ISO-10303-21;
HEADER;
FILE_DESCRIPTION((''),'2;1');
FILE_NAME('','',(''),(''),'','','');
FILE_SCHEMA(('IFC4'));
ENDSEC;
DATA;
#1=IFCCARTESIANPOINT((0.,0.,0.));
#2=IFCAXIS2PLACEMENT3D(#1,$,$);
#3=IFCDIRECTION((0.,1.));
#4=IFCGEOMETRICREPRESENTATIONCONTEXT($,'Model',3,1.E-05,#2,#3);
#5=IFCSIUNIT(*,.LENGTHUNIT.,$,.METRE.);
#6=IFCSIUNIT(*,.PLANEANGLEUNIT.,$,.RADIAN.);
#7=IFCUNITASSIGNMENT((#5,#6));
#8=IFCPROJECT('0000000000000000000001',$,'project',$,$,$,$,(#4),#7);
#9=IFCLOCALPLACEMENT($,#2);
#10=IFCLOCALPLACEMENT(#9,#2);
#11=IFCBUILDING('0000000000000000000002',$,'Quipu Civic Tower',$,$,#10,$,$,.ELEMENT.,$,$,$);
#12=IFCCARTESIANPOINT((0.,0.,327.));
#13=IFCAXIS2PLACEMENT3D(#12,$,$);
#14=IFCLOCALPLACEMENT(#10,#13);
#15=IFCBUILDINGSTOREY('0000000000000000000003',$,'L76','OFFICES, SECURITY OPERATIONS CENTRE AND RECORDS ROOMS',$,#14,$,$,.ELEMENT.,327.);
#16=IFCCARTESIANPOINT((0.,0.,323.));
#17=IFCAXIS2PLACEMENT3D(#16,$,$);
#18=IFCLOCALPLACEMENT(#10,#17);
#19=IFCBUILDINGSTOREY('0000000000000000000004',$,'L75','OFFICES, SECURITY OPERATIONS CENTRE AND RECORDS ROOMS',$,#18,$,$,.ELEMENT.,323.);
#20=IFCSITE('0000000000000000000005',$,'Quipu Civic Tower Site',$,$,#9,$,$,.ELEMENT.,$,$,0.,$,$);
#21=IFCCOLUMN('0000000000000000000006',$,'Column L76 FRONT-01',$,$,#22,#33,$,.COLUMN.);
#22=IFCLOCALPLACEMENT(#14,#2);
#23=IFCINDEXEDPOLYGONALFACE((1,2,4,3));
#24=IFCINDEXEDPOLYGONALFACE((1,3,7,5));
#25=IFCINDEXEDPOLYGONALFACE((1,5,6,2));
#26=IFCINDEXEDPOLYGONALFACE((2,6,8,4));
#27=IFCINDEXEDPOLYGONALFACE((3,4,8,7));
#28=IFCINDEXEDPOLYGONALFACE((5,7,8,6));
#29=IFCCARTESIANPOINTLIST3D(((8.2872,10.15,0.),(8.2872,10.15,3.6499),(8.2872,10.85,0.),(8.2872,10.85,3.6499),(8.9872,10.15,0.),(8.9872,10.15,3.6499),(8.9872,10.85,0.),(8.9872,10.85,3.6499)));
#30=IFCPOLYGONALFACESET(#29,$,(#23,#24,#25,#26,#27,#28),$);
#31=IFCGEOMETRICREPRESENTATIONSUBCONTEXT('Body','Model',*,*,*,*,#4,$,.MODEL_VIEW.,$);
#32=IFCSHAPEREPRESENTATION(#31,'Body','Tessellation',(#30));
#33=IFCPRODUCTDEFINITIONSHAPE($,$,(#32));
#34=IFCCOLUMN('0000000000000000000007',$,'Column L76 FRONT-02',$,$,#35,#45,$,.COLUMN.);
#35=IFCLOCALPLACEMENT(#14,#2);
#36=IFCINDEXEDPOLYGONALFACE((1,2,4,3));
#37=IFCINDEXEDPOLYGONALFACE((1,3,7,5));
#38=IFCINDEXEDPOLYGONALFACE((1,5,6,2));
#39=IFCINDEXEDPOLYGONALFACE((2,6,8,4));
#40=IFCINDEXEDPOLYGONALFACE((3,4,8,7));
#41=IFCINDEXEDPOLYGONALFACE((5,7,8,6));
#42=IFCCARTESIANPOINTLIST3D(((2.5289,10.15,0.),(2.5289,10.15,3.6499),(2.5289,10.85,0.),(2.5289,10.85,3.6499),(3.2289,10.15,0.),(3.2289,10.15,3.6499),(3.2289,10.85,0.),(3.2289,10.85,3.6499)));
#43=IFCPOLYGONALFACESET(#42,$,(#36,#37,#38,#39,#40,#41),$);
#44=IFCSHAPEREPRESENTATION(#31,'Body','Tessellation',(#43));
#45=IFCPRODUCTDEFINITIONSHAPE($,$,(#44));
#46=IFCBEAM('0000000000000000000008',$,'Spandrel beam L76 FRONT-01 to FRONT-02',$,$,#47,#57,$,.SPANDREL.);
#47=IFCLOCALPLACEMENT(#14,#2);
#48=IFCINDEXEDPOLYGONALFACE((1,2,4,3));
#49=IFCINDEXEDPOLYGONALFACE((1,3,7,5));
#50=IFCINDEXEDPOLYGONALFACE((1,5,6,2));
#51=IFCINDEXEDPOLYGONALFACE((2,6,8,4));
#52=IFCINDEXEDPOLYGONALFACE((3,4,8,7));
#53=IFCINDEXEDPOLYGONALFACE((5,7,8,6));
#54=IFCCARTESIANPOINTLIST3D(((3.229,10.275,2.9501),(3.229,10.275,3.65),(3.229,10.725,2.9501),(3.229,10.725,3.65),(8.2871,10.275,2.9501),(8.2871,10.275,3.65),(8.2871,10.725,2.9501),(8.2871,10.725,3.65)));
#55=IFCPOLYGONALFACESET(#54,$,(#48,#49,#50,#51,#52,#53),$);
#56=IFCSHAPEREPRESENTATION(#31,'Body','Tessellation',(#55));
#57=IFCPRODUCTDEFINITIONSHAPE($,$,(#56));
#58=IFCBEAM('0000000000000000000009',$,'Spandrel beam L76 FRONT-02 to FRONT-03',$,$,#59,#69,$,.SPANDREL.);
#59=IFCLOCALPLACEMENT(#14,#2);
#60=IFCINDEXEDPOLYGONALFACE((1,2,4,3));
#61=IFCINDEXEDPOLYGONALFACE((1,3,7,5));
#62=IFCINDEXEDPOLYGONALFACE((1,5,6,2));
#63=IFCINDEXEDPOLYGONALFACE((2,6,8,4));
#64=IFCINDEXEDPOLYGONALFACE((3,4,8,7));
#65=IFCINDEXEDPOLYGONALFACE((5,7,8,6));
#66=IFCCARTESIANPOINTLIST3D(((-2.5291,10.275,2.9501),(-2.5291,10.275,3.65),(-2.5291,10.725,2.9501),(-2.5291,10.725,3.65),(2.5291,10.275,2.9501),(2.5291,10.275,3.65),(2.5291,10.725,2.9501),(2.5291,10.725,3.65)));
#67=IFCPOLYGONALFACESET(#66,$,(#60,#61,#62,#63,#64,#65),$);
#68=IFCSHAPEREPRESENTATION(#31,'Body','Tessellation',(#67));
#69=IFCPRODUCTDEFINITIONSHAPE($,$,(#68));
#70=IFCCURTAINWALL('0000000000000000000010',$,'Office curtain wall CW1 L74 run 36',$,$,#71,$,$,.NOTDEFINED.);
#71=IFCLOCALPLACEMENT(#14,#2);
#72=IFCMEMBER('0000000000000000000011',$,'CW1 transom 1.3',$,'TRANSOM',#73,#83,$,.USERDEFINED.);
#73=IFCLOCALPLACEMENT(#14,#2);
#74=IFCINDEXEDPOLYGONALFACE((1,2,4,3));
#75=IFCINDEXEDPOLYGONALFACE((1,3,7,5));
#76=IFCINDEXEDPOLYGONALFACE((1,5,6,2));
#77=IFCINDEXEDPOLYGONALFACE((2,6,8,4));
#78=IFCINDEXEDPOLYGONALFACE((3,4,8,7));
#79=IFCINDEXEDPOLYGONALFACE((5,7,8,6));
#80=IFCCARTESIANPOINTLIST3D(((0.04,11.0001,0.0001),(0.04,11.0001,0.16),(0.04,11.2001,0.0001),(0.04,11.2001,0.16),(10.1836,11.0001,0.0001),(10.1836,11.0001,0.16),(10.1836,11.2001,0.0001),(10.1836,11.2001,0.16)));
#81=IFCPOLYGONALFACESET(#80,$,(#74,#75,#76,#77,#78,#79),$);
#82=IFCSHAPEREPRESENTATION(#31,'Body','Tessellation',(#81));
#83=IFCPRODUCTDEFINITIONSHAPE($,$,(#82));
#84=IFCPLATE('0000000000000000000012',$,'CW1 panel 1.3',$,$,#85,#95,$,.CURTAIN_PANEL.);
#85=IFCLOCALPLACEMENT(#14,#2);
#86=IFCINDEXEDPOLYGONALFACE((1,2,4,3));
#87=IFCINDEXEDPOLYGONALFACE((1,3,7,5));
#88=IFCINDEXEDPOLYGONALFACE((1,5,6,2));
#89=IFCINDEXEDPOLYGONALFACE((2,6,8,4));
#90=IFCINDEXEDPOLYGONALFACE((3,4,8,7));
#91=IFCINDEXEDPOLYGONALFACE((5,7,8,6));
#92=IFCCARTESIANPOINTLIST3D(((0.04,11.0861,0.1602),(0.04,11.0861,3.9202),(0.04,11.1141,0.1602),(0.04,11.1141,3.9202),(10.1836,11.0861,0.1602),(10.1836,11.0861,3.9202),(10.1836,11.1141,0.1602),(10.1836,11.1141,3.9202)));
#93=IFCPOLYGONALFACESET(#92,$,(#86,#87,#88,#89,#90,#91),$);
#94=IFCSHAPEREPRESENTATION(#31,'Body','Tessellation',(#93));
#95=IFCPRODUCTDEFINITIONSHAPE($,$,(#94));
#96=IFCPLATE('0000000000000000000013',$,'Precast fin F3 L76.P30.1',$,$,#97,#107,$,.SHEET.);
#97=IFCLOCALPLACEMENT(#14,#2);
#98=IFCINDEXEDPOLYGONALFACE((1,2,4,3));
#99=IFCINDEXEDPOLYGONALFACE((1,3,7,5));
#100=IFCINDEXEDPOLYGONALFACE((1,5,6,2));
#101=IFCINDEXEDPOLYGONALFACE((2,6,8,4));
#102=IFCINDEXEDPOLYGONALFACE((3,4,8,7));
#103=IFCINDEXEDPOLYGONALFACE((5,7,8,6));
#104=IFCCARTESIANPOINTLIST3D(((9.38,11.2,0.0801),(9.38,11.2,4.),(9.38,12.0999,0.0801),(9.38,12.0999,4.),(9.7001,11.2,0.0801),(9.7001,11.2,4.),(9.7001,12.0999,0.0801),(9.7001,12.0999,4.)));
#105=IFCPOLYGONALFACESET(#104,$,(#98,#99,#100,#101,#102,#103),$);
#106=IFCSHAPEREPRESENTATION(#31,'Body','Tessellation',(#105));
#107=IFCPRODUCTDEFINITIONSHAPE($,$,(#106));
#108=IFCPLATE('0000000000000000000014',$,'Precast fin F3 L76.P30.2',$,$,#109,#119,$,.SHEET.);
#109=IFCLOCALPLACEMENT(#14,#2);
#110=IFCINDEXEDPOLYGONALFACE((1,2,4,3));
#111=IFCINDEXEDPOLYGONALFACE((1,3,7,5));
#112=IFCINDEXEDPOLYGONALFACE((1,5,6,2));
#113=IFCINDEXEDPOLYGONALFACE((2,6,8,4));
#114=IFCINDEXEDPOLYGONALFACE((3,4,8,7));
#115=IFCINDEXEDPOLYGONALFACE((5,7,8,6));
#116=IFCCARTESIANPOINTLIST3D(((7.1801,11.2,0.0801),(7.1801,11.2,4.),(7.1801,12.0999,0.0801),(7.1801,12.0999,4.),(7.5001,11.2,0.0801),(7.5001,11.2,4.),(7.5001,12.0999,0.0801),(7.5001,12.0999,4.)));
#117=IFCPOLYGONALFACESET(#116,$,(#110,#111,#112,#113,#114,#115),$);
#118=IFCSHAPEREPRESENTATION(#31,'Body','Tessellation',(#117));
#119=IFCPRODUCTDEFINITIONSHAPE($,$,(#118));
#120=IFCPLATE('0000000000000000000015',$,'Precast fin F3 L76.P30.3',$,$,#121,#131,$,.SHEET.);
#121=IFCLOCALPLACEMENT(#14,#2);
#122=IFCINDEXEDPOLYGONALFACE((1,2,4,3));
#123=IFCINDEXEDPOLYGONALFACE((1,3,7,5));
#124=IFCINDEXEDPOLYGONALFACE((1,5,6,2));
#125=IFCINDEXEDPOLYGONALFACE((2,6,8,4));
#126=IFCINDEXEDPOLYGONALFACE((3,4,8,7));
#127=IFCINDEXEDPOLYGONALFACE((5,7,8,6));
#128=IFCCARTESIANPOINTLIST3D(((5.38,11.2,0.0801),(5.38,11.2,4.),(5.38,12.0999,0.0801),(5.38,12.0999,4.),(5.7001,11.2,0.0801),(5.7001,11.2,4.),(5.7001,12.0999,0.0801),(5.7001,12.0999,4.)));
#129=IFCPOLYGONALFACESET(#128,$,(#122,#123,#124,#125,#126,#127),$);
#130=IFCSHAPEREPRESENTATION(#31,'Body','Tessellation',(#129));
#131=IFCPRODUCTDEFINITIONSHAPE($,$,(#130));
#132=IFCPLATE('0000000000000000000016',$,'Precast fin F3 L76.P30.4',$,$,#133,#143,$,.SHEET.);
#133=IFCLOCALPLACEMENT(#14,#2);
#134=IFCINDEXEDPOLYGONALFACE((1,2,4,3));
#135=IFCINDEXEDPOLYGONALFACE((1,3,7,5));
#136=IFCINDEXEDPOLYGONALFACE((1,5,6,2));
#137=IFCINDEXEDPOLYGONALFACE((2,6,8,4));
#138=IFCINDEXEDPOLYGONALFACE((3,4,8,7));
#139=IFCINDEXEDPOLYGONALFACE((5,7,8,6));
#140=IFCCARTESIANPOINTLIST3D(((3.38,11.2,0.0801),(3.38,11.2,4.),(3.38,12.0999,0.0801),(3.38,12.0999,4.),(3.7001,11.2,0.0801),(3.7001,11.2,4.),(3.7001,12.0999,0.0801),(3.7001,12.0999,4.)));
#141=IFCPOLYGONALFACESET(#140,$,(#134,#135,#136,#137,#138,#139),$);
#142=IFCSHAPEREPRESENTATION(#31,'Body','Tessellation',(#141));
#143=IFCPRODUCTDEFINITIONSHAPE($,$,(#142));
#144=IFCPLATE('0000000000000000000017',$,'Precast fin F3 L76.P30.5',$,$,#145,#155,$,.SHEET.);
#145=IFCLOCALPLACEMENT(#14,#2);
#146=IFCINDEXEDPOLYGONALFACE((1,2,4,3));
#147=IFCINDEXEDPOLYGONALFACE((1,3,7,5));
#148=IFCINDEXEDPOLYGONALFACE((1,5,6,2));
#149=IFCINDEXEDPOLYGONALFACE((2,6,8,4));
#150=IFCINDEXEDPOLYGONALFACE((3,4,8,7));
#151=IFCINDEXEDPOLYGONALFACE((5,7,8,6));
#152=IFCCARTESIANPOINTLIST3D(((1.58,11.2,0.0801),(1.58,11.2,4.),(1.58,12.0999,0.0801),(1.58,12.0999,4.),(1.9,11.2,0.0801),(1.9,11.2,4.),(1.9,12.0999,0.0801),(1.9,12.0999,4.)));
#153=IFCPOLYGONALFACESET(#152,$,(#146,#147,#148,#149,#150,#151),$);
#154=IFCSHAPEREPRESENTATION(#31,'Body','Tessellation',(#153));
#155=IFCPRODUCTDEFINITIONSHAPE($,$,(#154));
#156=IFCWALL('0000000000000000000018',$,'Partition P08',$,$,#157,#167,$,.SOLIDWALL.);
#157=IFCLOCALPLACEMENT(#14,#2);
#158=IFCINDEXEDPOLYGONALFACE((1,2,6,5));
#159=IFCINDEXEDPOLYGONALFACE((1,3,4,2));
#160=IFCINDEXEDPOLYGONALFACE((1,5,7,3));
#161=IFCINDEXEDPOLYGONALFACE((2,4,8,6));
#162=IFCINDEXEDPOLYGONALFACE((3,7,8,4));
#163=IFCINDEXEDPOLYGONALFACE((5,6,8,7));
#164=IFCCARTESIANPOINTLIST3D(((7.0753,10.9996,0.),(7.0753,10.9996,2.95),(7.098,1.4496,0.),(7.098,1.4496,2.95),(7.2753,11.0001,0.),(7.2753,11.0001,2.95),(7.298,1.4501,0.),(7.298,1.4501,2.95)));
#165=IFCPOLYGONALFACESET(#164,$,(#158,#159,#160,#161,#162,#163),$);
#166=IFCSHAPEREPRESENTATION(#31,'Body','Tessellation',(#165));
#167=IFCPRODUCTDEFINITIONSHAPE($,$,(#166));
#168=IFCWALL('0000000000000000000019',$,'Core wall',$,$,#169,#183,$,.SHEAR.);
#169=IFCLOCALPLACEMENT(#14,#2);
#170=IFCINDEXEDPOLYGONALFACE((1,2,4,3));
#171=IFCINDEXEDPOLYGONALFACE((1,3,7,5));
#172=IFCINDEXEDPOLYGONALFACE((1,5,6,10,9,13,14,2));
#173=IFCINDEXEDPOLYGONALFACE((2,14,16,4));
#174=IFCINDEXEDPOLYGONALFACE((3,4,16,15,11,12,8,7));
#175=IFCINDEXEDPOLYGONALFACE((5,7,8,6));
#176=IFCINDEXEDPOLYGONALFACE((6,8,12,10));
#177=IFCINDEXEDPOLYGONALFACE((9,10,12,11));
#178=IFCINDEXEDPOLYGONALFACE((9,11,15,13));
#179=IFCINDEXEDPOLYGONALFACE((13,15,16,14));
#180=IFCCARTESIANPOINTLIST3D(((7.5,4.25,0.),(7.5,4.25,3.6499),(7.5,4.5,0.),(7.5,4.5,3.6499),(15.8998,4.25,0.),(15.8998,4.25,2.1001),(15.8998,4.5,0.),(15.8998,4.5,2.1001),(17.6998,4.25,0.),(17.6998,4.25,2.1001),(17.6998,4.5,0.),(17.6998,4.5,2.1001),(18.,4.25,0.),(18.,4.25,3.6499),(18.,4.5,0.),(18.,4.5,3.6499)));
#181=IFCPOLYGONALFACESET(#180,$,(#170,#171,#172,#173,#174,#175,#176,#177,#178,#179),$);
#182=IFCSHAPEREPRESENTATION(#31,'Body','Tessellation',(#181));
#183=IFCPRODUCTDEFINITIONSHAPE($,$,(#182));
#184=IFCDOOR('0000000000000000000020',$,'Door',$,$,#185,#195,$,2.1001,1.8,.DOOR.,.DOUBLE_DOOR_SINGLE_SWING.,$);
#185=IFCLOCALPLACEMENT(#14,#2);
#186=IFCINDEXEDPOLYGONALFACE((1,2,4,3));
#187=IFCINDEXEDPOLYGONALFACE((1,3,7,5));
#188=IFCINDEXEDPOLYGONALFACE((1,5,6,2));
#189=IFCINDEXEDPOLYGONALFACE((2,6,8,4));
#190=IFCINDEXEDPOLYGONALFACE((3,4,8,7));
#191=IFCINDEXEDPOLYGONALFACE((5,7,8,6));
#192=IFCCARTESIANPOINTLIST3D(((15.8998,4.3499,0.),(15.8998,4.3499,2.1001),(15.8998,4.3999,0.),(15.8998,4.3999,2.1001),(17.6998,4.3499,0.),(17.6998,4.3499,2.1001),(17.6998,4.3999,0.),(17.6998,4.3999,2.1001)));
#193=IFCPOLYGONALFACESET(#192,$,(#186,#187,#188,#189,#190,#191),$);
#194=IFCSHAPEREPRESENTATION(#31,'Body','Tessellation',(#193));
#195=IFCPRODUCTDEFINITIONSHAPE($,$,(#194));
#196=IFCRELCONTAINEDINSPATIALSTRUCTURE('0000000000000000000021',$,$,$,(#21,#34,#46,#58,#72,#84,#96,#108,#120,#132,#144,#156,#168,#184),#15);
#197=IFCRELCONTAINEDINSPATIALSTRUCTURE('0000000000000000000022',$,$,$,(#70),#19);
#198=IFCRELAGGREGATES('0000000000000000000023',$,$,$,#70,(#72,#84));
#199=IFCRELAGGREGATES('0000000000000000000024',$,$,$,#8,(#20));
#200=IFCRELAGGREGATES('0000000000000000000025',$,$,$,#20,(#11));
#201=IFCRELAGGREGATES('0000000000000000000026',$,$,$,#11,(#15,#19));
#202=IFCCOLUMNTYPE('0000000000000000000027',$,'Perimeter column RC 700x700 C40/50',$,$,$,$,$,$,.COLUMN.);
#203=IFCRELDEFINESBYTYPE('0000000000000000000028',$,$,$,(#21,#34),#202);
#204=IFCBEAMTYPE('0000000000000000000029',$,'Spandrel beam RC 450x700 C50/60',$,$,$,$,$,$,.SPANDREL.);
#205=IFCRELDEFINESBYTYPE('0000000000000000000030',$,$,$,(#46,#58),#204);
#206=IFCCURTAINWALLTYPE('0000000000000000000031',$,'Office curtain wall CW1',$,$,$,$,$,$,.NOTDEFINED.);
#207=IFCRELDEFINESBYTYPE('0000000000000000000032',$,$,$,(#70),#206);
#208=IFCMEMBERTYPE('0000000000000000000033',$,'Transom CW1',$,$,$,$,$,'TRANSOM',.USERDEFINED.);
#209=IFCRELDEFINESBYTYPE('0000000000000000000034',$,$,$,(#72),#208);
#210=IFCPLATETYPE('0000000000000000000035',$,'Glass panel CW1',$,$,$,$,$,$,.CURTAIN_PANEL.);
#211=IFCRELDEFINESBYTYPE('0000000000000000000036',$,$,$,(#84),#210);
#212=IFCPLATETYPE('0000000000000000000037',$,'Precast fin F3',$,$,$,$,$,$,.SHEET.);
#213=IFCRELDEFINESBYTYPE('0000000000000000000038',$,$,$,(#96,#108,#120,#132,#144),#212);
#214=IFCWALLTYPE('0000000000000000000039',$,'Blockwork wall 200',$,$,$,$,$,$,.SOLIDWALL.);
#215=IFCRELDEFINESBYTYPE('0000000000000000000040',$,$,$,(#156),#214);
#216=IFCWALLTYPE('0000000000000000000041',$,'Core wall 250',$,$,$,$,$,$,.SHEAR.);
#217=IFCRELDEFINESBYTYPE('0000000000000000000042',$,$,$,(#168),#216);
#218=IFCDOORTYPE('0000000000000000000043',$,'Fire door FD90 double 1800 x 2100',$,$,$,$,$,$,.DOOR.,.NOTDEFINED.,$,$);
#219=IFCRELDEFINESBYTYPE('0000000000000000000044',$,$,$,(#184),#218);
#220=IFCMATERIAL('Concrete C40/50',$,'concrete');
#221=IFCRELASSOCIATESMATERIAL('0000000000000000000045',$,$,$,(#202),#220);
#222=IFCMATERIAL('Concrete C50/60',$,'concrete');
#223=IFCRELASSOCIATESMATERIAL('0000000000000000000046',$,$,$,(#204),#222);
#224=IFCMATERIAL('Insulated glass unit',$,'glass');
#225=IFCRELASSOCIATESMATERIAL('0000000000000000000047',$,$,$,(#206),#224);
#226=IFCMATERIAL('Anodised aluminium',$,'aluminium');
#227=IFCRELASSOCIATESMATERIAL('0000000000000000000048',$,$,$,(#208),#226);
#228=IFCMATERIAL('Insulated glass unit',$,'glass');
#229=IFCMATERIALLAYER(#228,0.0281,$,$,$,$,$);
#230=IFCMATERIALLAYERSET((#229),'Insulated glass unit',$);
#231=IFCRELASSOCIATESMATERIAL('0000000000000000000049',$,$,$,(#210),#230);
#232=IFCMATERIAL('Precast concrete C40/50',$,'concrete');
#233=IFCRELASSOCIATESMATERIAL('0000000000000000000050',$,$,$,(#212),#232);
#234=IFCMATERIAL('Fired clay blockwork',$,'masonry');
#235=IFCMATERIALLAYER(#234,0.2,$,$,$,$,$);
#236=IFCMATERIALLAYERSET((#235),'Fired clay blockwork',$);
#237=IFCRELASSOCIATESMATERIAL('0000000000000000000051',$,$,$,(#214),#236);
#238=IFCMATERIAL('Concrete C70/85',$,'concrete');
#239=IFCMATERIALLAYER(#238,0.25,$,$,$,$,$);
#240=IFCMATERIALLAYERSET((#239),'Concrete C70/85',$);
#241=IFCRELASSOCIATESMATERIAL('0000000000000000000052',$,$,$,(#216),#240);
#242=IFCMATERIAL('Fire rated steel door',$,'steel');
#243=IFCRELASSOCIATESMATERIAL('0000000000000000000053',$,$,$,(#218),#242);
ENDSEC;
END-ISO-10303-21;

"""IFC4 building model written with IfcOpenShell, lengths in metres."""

from ifc_helpers import new_model, si_unit, direction, frame, frame_2d, origin, origin_2d, place, context, subcontext, project, spatial, rectangle, extrude, material, layer, layer_set, material_profile, profile_set, type_object, element, fill, aggregate, save


model = new_model("IFC4")

# Units and contexts
model_context = context("Model", 3, precision=1e-05, world=origin(), true_north=direction((0.0, 1.0)))
body_context = subcontext(model_context, "Body", "Model", "MODEL_VIEW")
ifc_project = project(units=[si_unit("LENGTHUNIT", "METRE"), si_unit("PLANEANGLEUNIT", "RADIAN")], contexts=[model_context])

# Site, building, storey
site_placement = place(None, origin())
site = spatial("IfcSite", under=ifc_project, at=site_placement, Name="Quipu Civic Tower Site", CompositionType="ELEMENT", RefElevation=0.0)
building_placement = place(site_placement, origin())
building = spatial("IfcBuilding", under=site, at=building_placement, Name="Quipu Civic Tower", CompositionType="ELEMENT")
storey_1_placement = place(building_placement, frame((0.0, 0.0, 327.0)))
storey_1 = spatial("IfcBuildingStorey", under=building, at=storey_1_placement, Name="L76", Description="OFFICES, SECURITY OPERATIONS CENTRE AND RECORDS ROOMS", CompositionType="ELEMENT", Elevation=327.0)

# Columns
ifc_material_1 = material(Name="Concrete C40/50", Category="concrete")
ifc_material_profile_1 = material_profile(ifc_material_1, rectangle(XDim=0.7, YDim=0.7, at=origin_2d()), Name="RC700x700")
ifc_profile_set_1 = profile_set([ifc_material_profile_1], Name="Concrete C40/50")
column_type = type_object("IfcColumnType", Name="Perimeter column RC 700x700 C40/50", PredefinedType="COLUMN", material=ifc_profile_set_1)
for number, where, z_axis, x_axis, name in (
    (1, (8.6372, 10.5, 0.0), (0.0, 0.0, 1.0), (-1.0, 0.0, 0.0), "Column L76 FRONT-01"),
    (2, (2.8789, 10.5, 0.0), (0.0, 0.0, 1.0), (-1.0, 0.0, 0.0), "Column L76 FRONT-02"),
):
    element("IfcColumn", number, at=place(storey_1_placement, frame(where, z_axis=z_axis, x_axis=x_axis)), inside=storey_1, type_object=column_type, Name=name, PredefinedType="COLUMN", context=body_context, shape_type="SweptSolid", body=[
        extrude(rectangle(XDim=0.7, YDim=0.7, at=origin_2d()), origin(), (0.0, 0.0, 1.0), 3.6499),
    ])

# Beams
ifc_material_2 = material(Name="Concrete C50/60", Category="concrete")
ifc_material_profile_2 = material_profile(ifc_material_2, rectangle(XDim=0.45, YDim=0.7, at=origin_2d()), Name="RC450x700")
ifc_profile_set_2 = profile_set([ifc_material_profile_2], Name="Concrete C50/60")
beam_type = type_object("IfcBeamType", Name="Spandrel beam RC 450x700 C50/60", PredefinedType="SPANDREL", material=ifc_profile_set_2)
for number, where, z_axis, x_axis, name in (
    (3, (8.2871, 10.5, 3.3), (-1.0, 0.0, 0.0), (0.0, -1.0, 0.0), "Spandrel beam L76 FRONT-01 to FRONT-02"),
    (4, (2.5291, 10.5, 3.3), (-1.0, 0.0, 0.0), (0.0, -1.0, 0.0), "Spandrel beam L76 FRONT-02 to FRONT-03"),
):
    element("IfcBeam", number, at=place(storey_1_placement, frame(where, z_axis=z_axis, x_axis=x_axis)), inside=storey_1, type_object=beam_type, Name=name, PredefinedType="SPANDREL", context=body_context, shape_type="SweptSolid", body=[
        extrude(rectangle(XDim=0.45, YDim=0.7, at=origin_2d()), origin(), (0.0, 0.0, 1.0), 5.0581),
    ])

# Shared definitions
storey_2_placement = place(building_placement, frame((0.0, 0.0, 323.0)))
storey_2 = spatial("IfcBuildingStorey", under=building, at=storey_2_placement, Name="L75", Description="OFFICES, SECURITY OPERATIONS CENTRE AND RECORDS ROOMS", CompositionType="ELEMENT", Elevation=323.0)

# Curtain wall, member, plate
ifc_material_3 = material(Name="Insulated glass unit", Category="glass")
curtain_wall_type = type_object("IfcCurtainWallType", Name="Office curtain wall CW1", PredefinedType="NOTDEFINED", material=ifc_material_3)
curtain_wall_placement = place(storey_2_placement, origin())
curtain_wall = element("IfcCurtainWall", 5, at=curtain_wall_placement, inside=storey_2, type_object=curtain_wall_type, Name="Office curtain wall CW1 L74 run 36", PredefinedType="NOTDEFINED")
ifc_material_4 = material(Name="Anodised aluminium", Category="aluminium")
ifc_material_profile_3 = material_profile(ifc_material_4, rectangle(XDim=0.2, YDim=0.1599, at=origin_2d()), Name="RECT 200x160")
ifc_profile_set_3 = profile_set([ifc_material_profile_3], Name="Anodised aluminium")
member_type = type_object("IfcMemberType", Name="Transom CW1", ElementType="TRANSOM", PredefinedType="USERDEFINED", material=ifc_profile_set_3)
member_placement = place(storey_1_placement, frame((10.1836, 11.1001, 0.0801), z_axis=(-1.0, 0.0, 0.0), x_axis=(0.0, -1.0, 0.0)))
member = element("IfcMember", 6, at=member_placement, inside=storey_1, type_object=member_type, Name="CW1 transom 1.3", ObjectType="TRANSOM", PredefinedType="USERDEFINED", context=body_context, shape_type="SweptSolid", body=[
    extrude(rectangle(XDim=0.2, YDim=0.1599, at=origin_2d()), origin(), (0.0, 0.0, 1.0), 10.1436),
])
ifc_material_5 = material(Name="Insulated glass unit", Category="glass")
ifc_layer_1 = layer(ifc_material_5, 0.0281)
ifc_layer_set_1 = layer_set([ifc_layer_1], Name="Insulated glass unit")
plate_type_1 = type_object("IfcPlateType", Name="Glass panel CW1", PredefinedType="CURTAIN_PANEL", material=ifc_layer_set_1)
plate_placement = place(storey_1_placement, frame((5.1118, 11.1001, 0.1602), z_axis=(0.0, 0.0, 1.0), x_axis=(-1.0, 0.0, 0.0)))
plate = element("IfcPlate", 7, at=plate_placement, inside=storey_1, type_object=plate_type_1, Name="CW1 panel 1.3", PredefinedType="CURTAIN_PANEL", context=body_context, shape_type="SweptSolid", body=[
    extrude(rectangle(XDim=10.1436, YDim=0.0281, at=origin_2d()), origin(), (0.0, 0.0, 1.0), 3.76),
])
aggregate(curtain_wall, [member, plate])

# Plates
ifc_material_6 = material(Name="Precast concrete C40/50", Category="concrete")
plate_type_2 = type_object("IfcPlateType", Name="Precast fin F3", PredefinedType="SHEET", material=ifc_material_6)
for number, where, z_axis, x_axis, name in (
    (8, (9.54, 11.6499, 0.0801), (0.0, 0.0, 1.0), (-1.0, 0.0, 0.0), "Precast fin F3 L76.P30.1"),
    (9, (7.3401, 11.6499, 0.0801), (0.0, 0.0, 1.0), (-1.0, 0.0, 0.0), "Precast fin F3 L76.P30.2"),
    (10, (5.54, 11.6499, 0.0801), (0.0, 0.0, 1.0), (-1.0, 0.0, 0.0), "Precast fin F3 L76.P30.3"),
    (11, (3.54, 11.6499, 0.0801), (0.0, 0.0, 1.0), (-1.0, 0.0, 0.0), "Precast fin F3 L76.P30.4"),
    (12, (1.74, 11.6499, 0.0801), (0.0, 0.0, 1.0), (-1.0, 0.0, 0.0), "Precast fin F3 L76.P30.5"),
):
    element("IfcPlate", number, at=place(storey_1_placement, frame(where, z_axis=z_axis, x_axis=x_axis)), inside=storey_1, type_object=plate_type_2, Name=name, PredefinedType="SHEET", context=body_context, shape_type="SweptSolid", body=[
        extrude(rectangle(XDim=0.3201, YDim=0.8999, at=origin_2d()), origin(), (0.0, 0.0, 1.0), 3.9199),
    ])

# Wall
ifc_material_7 = material(Name="Fired clay blockwork", Category="masonry")
ifc_layer_2 = layer(ifc_material_7, 0.2)
ifc_layer_set_2 = layer_set([ifc_layer_2], Name="Fired clay blockwork")
wall_type_1 = type_object("IfcWallType", Name="Blockwork wall 200", PredefinedType="SOLIDWALL", material=ifc_layer_set_2)
wall_1_placement = place(storey_1_placement, frame((7.198, 1.45, 0.0), z_axis=(0.0, 0.0, 1.0), x_axis=(-0.002377, 0.999997, 0.0)))
element("IfcWall", 13, at=wall_1_placement, inside=storey_1, type_object=wall_type_1, Name="Partition P08", PredefinedType="SOLIDWALL", context=body_context, shape_type="SweptSolid", body=[
    extrude(rectangle(XDim=9.55, YDim=0.2, at=frame_2d((4.7749, 0.0))), origin(), (0.0, 0.0, 1.0), 2.95),
])

# Wall, opening, door
ifc_material_8 = material(Name="Concrete C70/85", Category="concrete")
ifc_layer_3 = layer(ifc_material_8, 0.25)
ifc_layer_set_3 = layer_set([ifc_layer_3], Name="Concrete C70/85")
wall_type_2 = type_object("IfcWallType", Name="Core wall 250", PredefinedType="SHEAR", material=ifc_layer_set_3)
wall_2_placement = place(storey_1_placement, frame((7.5, 4.375, 0.0), z_axis=(0.0, 0.0, 1.0), x_axis=(1.0, 0.0, 0.0)))
wall_2 = element("IfcWall", 14, at=wall_2_placement, inside=storey_1, type_object=wall_type_2, Name="Core wall", PredefinedType="SHEAR", context=body_context, shape_type="SweptSolid", body=[
    extrude(rectangle(XDim=10.5, YDim=0.25, at=frame_2d((5.25, 0.0))), origin(), (0.0, 0.0, 1.0), 3.6499),
])
opening_1_placement = place(wall_2_placement, frame((8.3999, 0.0, 0.0)))
opening_1 = element("IfcOpeningElement", 15, at=opening_1_placement, cuts=wall_2, PredefinedType="OPENING", context=body_context, shape_type="SweptSolid", body=[
    extrude(rectangle(XDim=1.8, YDim=2.1001, at=frame_2d((0.8999, 1.05))), frame((0.0, 0.135, 0.0), z_axis=(0.0, -1.0, 0.0), x_axis=(1.0, 0.0, 0.0)), (0.0, 0.0, 1.0), 0.27),
])
ifc_material_9 = material(Name="Fire rated steel door", Category="steel")
door_type = type_object("IfcDoorType", Name="Fire door FD90 double 1800 x 2100", OperationType="NOTDEFINED", PredefinedType="DOOR", material=ifc_material_9)
door_placement = place(opening_1_placement, origin())
door = element("IfcDoor", 16, at=door_placement, inside=storey_1, type_object=door_type, Name="Door", OperationType="DOUBLE_DOOR_SINGLE_SWING", OverallHeight=2.1001, OverallWidth=1.8, PredefinedType="DOOR", context=body_context, shape_type="SweptSolid", body=[
    extrude(rectangle(XDim=1.8, YDim=2.1001, at=frame_2d((0.8999, 1.05))), frame((0.0, 0.0249, 0.0), z_axis=(0.0, -1.0, 0.0), x_axis=(1.0, 0.0, 0.0)), (0.0, 0.0, 1.0), 0.05),
])
fill(opening_1, door)

save(model, "model.ifc")
